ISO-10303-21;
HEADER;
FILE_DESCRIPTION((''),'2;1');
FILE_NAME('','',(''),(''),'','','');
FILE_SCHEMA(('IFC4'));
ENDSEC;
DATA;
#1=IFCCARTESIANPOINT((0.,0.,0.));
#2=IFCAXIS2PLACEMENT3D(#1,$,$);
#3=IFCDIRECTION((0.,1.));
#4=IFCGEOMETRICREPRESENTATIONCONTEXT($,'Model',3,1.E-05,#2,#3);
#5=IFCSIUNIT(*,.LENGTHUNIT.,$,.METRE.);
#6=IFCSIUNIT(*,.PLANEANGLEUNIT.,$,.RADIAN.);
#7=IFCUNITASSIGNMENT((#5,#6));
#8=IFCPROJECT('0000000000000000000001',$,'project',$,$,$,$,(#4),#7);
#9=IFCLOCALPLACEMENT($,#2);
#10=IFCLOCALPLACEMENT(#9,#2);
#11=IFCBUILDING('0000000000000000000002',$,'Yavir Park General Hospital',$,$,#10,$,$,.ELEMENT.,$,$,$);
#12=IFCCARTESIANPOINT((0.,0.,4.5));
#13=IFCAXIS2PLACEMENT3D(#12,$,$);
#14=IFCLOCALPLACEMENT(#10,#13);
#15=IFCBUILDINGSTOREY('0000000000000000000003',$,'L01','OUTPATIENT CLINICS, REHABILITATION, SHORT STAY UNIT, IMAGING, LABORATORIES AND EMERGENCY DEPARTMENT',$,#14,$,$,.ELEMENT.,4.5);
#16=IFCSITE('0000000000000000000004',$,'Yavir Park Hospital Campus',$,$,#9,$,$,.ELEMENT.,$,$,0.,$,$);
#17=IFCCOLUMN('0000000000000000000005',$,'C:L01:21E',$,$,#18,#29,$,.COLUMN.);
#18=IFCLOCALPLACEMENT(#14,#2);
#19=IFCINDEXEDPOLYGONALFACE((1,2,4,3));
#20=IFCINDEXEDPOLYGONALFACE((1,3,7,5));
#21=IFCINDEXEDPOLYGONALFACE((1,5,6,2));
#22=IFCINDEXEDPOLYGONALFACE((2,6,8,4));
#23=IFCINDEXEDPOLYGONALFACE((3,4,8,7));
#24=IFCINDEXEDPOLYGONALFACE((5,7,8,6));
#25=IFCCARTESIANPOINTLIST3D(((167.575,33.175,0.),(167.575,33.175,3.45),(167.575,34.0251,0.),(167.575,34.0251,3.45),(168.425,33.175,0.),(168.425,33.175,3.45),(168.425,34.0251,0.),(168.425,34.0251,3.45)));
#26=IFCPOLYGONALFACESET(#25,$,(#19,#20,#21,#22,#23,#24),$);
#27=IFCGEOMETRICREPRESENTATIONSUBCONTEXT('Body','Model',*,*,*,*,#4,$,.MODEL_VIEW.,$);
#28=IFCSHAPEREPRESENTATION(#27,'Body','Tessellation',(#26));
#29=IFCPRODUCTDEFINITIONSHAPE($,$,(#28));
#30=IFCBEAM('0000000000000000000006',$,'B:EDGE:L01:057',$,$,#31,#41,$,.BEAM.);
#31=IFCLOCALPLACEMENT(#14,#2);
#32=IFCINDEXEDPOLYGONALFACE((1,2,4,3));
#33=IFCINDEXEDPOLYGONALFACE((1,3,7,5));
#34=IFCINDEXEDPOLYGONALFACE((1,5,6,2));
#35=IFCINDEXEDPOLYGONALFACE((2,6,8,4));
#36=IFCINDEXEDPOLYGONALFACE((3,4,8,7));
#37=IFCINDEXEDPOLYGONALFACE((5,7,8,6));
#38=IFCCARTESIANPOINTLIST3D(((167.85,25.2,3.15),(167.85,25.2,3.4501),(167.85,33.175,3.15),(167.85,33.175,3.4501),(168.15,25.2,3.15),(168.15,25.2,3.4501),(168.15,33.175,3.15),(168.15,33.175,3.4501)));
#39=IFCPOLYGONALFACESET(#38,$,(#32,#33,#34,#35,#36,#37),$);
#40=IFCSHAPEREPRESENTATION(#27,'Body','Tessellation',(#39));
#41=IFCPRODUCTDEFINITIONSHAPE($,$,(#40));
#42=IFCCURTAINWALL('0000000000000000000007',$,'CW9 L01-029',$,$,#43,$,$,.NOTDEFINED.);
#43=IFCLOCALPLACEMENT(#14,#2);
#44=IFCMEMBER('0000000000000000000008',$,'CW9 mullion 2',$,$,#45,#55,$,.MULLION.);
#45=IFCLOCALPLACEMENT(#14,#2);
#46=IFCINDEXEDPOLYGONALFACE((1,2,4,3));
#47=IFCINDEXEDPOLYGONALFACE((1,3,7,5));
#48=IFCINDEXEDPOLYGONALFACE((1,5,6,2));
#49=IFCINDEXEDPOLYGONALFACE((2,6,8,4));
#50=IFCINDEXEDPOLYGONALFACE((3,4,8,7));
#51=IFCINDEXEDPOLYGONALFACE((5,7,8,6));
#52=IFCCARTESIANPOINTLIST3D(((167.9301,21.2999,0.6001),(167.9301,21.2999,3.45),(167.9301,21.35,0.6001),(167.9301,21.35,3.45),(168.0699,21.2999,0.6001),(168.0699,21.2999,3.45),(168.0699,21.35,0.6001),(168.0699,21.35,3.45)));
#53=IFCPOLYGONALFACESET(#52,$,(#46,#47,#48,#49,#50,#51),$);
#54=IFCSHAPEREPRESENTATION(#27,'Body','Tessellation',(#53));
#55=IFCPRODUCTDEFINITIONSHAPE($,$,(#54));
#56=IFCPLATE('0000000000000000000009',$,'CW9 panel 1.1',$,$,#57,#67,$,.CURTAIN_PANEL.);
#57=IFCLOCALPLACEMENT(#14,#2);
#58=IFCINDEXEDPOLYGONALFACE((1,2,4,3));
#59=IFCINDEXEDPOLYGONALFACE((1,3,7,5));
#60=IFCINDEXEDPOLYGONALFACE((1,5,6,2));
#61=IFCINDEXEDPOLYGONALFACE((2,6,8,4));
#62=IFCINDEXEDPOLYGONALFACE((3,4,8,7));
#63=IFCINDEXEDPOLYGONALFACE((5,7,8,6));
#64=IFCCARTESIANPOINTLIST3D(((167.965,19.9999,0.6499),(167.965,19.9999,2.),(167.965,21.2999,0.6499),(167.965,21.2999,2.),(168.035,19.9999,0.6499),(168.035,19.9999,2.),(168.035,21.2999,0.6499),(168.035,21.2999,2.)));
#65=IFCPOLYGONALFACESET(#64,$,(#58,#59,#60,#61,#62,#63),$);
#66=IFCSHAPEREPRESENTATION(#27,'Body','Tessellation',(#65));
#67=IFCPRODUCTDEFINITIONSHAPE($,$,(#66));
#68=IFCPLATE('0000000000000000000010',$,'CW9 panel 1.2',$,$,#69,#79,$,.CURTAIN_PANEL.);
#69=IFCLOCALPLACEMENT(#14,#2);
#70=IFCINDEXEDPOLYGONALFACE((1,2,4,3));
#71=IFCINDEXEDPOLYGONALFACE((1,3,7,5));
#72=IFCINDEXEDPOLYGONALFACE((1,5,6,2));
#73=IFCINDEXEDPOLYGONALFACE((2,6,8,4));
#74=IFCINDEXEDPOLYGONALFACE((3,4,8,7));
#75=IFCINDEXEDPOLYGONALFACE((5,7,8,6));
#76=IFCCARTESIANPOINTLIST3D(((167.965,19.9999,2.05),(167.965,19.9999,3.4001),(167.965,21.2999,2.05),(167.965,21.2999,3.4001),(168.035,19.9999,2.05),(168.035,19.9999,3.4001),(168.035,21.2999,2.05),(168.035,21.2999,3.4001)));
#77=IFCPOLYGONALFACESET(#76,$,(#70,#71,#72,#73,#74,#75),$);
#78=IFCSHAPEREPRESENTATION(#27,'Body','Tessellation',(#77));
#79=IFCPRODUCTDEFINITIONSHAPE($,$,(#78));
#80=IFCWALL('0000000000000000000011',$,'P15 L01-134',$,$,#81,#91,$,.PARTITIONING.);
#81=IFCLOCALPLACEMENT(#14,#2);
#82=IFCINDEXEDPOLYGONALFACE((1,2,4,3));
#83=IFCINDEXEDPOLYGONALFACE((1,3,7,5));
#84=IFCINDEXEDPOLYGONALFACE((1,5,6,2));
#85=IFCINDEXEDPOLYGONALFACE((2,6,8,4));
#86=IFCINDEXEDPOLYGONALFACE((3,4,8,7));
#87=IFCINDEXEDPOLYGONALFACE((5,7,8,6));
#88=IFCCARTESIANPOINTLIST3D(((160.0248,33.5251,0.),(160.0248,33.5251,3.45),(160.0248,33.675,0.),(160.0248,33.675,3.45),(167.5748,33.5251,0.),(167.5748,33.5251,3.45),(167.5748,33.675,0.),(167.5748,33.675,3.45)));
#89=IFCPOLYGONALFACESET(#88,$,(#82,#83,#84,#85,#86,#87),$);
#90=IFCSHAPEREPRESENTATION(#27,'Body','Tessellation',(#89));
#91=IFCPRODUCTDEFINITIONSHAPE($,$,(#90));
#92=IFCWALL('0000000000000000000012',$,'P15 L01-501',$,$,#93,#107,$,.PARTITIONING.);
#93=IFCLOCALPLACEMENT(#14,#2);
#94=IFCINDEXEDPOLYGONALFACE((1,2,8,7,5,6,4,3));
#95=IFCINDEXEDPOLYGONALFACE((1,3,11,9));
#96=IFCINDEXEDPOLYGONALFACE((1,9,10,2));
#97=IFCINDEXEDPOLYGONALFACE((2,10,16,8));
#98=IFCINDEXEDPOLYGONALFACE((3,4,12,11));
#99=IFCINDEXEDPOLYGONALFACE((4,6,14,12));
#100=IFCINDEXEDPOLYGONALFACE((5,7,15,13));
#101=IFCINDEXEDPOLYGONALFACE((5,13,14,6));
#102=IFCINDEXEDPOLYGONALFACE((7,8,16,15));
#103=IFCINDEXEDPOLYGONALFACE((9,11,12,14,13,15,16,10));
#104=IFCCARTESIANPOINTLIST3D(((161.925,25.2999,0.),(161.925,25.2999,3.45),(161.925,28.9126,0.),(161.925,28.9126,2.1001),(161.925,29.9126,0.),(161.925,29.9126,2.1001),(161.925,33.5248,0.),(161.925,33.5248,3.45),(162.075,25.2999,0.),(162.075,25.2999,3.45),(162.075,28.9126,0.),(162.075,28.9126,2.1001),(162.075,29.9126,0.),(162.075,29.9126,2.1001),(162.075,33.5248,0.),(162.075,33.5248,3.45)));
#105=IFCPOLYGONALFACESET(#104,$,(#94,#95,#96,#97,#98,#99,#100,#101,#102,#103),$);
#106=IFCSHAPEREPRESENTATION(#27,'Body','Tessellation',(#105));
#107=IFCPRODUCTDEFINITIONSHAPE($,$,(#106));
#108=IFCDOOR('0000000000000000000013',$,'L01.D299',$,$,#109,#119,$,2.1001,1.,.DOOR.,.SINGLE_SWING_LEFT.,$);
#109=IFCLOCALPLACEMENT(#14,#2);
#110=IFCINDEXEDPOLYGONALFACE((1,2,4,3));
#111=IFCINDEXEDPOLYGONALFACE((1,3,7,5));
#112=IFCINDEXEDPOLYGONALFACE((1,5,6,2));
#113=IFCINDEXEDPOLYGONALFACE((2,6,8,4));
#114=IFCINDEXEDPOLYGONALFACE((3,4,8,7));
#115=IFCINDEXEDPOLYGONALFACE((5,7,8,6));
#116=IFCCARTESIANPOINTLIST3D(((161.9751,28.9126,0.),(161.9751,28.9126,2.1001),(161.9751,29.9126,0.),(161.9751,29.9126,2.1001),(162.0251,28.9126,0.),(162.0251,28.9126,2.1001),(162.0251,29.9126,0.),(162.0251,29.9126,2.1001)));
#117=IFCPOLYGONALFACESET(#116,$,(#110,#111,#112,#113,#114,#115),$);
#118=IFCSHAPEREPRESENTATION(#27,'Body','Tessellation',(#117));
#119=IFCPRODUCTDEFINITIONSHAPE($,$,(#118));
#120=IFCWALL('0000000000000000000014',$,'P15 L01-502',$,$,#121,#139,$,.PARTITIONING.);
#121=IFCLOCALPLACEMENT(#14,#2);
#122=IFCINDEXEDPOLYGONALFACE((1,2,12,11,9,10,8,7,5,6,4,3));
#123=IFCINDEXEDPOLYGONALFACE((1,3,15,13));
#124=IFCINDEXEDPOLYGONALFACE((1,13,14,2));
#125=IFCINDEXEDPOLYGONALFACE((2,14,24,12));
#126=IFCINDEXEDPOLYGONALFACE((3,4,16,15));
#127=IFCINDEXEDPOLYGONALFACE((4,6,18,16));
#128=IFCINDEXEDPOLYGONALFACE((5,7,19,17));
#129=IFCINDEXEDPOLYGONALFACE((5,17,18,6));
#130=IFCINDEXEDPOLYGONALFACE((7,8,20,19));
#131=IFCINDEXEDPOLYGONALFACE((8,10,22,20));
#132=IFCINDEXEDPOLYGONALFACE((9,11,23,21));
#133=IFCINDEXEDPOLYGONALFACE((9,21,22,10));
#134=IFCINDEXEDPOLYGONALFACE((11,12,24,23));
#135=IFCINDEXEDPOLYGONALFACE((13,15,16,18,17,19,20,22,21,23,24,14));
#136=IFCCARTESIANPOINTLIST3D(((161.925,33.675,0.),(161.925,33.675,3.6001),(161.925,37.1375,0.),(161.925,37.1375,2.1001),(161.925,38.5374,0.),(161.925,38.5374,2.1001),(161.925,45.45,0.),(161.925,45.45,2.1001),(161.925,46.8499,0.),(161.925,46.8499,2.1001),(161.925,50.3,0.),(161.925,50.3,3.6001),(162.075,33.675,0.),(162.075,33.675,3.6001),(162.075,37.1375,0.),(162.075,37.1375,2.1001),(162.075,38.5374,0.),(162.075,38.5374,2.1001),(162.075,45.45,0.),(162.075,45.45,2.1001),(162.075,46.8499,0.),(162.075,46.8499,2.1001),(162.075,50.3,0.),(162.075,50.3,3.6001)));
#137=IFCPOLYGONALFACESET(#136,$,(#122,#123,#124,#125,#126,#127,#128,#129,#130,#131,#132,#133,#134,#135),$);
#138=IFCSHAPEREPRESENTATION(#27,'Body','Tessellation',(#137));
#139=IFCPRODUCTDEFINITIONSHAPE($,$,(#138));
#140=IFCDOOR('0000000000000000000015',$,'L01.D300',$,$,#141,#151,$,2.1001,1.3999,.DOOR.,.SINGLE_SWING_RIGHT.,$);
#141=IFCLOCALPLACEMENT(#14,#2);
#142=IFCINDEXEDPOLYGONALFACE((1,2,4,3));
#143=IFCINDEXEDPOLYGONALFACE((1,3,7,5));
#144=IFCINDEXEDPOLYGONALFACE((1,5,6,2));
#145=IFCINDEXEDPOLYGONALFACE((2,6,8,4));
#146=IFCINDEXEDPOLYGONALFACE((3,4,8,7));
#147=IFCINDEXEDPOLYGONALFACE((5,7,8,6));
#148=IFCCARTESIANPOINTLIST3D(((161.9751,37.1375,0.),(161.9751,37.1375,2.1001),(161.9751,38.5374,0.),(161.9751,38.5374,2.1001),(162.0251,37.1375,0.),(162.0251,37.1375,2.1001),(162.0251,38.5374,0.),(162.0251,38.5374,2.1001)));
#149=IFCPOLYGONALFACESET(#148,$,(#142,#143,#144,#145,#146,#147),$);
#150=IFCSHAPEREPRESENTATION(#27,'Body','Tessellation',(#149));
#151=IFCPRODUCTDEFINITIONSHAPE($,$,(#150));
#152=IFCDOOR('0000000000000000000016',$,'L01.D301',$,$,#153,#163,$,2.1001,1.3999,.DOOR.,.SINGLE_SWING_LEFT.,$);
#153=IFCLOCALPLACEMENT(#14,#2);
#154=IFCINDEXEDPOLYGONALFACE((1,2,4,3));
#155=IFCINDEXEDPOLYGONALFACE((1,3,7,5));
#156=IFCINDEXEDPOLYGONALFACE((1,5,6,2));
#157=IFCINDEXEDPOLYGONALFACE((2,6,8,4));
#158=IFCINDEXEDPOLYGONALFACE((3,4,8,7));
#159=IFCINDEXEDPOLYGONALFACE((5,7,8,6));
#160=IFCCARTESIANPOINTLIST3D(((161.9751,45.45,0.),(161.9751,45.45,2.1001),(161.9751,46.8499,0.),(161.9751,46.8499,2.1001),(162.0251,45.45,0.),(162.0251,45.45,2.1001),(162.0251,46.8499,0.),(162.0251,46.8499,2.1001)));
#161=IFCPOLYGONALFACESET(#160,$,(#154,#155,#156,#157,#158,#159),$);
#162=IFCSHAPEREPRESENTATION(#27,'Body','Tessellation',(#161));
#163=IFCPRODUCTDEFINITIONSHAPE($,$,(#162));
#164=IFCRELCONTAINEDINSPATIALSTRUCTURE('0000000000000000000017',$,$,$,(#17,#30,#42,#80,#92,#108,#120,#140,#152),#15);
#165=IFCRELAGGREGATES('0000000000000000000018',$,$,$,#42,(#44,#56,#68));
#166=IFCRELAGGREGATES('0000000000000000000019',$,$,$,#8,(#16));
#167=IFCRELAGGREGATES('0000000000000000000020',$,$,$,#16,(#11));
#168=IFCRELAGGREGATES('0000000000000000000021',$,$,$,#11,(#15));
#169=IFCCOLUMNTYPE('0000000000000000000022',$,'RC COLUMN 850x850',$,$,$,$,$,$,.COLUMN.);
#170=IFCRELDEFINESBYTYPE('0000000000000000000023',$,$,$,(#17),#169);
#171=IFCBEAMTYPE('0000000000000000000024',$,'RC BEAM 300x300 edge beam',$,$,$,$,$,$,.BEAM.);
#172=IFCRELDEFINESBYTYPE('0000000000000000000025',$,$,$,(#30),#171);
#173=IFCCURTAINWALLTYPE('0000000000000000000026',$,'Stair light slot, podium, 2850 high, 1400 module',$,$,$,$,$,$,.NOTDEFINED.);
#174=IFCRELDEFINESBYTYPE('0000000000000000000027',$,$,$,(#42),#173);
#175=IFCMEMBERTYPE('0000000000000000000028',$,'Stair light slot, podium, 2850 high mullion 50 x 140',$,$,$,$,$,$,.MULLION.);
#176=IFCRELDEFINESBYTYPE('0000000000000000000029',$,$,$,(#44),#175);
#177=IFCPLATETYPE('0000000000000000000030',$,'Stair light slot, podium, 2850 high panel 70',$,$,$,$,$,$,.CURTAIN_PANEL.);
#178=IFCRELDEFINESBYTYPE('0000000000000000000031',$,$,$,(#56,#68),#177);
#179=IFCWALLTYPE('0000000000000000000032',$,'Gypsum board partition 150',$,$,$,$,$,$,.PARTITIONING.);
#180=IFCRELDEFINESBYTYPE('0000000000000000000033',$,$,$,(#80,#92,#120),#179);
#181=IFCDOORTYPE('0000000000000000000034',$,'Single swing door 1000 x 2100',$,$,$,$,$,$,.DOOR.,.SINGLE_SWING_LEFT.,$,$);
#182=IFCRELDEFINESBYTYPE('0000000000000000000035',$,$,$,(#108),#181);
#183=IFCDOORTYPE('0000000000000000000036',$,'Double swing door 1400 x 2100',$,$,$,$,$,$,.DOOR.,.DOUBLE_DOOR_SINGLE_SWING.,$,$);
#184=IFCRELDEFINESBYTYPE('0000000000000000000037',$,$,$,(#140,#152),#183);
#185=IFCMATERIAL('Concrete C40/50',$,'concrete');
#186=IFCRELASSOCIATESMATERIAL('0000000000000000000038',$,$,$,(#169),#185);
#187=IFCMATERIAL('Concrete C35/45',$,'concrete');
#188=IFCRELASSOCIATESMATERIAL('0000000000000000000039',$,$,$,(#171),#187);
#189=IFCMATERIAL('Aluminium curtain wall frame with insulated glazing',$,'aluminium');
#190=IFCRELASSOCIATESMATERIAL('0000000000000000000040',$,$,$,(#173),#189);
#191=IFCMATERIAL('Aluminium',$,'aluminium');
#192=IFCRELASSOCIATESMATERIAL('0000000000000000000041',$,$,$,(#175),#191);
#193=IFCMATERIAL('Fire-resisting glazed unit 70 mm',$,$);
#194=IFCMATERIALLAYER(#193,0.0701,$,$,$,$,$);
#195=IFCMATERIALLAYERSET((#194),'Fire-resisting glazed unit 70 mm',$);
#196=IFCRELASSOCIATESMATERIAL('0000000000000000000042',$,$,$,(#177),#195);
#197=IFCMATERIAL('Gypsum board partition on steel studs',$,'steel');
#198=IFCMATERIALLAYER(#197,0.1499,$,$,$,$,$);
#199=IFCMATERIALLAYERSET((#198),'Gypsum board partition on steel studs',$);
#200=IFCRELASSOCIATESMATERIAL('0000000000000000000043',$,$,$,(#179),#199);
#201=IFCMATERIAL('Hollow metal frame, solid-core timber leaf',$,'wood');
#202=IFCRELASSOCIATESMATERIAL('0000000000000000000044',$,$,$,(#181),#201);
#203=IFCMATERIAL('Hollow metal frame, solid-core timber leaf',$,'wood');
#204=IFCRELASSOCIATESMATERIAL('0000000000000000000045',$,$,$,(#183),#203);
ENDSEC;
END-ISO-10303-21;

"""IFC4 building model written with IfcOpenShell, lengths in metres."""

from ifc_helpers import new_model, si_unit, direction, frame, frame_2d, origin, origin_2d, place, context, subcontext, project, spatial, rectangle, extrude, material, layer, layer_set, material_profile, profile_set, type_object, element, fill, aggregate, save


model = new_model("IFC4")

# Units and contexts
model_context = context("Model", 3, precision=1e-05, world=origin(), true_north=direction((0.0, 1.0)))
body_context = subcontext(model_context, "Body", "Model", "MODEL_VIEW")
ifc_project = project(units=[si_unit("LENGTHUNIT", "METRE"), si_unit("PLANEANGLEUNIT", "RADIAN")], contexts=[model_context])

# Site, building, storey
site_placement = place(None, origin())
site = spatial("IfcSite", under=ifc_project, at=site_placement, Name="Yavir Park Hospital Campus", CompositionType="ELEMENT", RefElevation=0.0)
building_placement = place(site_placement, origin())
building = spatial("IfcBuilding", under=site, at=building_placement, Name="Yavir Park General Hospital", CompositionType="ELEMENT")
storey_placement = place(building_placement, frame((0.0, 0.0, 4.5)))
storey = spatial("IfcBuildingStorey", under=building, at=storey_placement, Name="L01", Description="OUTPATIENT CLINICS, REHABILITATION, SHORT STAY UNIT, IMAGING, LABORATORIES AND EMERGENCY DEPARTMENT", CompositionType="ELEMENT", Elevation=4.5)

# Column
ifc_material_1 = material(Name="Concrete C40/50", Category="concrete")
ifc_material_profile_1 = material_profile(ifc_material_1, rectangle(XDim=0.8501, YDim=0.8501, at=origin_2d()), Name="RC850x850")
ifc_profile_set_1 = profile_set([ifc_material_profile_1], Name="Concrete C40/50")
column_type = type_object("IfcColumnType", Name="RC COLUMN 850x850", PredefinedType="COLUMN", material=ifc_profile_set_1)
column_placement = place(storey_placement, frame((168.0, 33.6001, 0.0), z_axis=(0.0, 0.0, 1.0), x_axis=(1.0, 0.0, 0.0)))
element("IfcColumn", 1, at=column_placement, inside=storey, type_object=column_type, Name="C:L01:21E", PredefinedType="COLUMN", context=body_context, shape_type="SweptSolid", body=[
    extrude(rectangle(XDim=0.8501, YDim=0.8501, at=origin_2d()), origin(), (0.0, 0.0, 1.0), 3.45),
])

# Beam
ifc_material_2 = material(Name="Concrete C35/45", Category="concrete")
ifc_material_profile_2 = material_profile(ifc_material_2, rectangle(XDim=0.3, YDim=0.3, at=origin_2d()), Name="RC300x300")
ifc_profile_set_2 = profile_set([ifc_material_profile_2], Name="Concrete C35/45")
beam_type = type_object("IfcBeamType", Name="RC BEAM 300x300 edge beam", PredefinedType="BEAM", material=ifc_profile_set_2)
beam_placement = place(storey_placement, frame((168.0, 25.2, 3.3), z_axis=(0.0, 1.0, 0.0), x_axis=(-1.0, 0.0, 0.0)))
element("IfcBeam", 2, at=beam_placement, inside=storey, type_object=beam_type, Name="B:EDGE:L01:057", PredefinedType="BEAM", context=body_context, shape_type="SweptSolid", body=[
    extrude(rectangle(XDim=0.3, YDim=0.3, at=origin_2d()), origin(), (0.0, 0.0, 1.0), 7.9751),
])

# Curtain wall, member, plates
ifc_material_3 = material(Name="Aluminium curtain wall frame with insulated glazing", Category="aluminium")
curtain_wall_type = type_object("IfcCurtainWallType", Name="Stair light slot, podium, 2850 high, 1400 module", PredefinedType="NOTDEFINED", material=ifc_material_3)
curtain_wall_placement = place(storey_placement, origin())
curtain_wall = element("IfcCurtainWall", 3, at=curtain_wall_placement, inside=storey, type_object=curtain_wall_type, Name="CW9 L01-029", PredefinedType="NOTDEFINED")
ifc_material_4 = material(Name="Aluminium", Category="aluminium")
ifc_material_profile_3 = material_profile(ifc_material_4, rectangle(XDim=0.1399, YDim=0.05, at=origin_2d()), Name="AL 50x140")
ifc_profile_set_3 = profile_set([ifc_material_profile_3], Name="Aluminium")
member_type = type_object("IfcMemberType", Name="Stair light slot, podium, 2850 high mullion 50 x 140", PredefinedType="MULLION", material=ifc_profile_set_3)
member_placement = place(storey_placement, frame((168.0, 21.325, 0.6001), z_axis=(0.0, 0.0, 1.0), x_axis=(-1.0, 0.0, 0.0)))
member = element("IfcMember", 4, at=member_placement, type_object=member_type, Name="CW9 mullion 2", PredefinedType="MULLION", context=body_context, shape_type="SweptSolid", body=[
    extrude(rectangle(XDim=0.1399, YDim=0.05, at=origin_2d()), origin(), (0.0, 0.0, 1.0), 2.8499),
])
ifc_material_5 = material(Name="Fire-resisting glazed unit 70 mm")
ifc_layer_1 = layer(ifc_material_5, 0.0701)
ifc_layer_set_1 = layer_set([ifc_layer_1], Name="Fire-resisting glazed unit 70 mm")
plate_type = type_object("IfcPlateType", Name="Stair light slot, podium, 2850 high panel 70", PredefinedType="CURTAIN_PANEL", material=ifc_layer_set_1)
plate_1_placement = place(storey_placement, frame((168.0, 20.6499, 0.6499), z_axis=(0.0, 0.0, 1.0), x_axis=(0.0, 1.0, 0.0)))
plate_1 = element("IfcPlate", 5, at=plate_1_placement, type_object=plate_type, Name="CW9 panel 1.1", PredefinedType="CURTAIN_PANEL", context=body_context, shape_type="SweptSolid", body=[
    extrude(rectangle(XDim=1.3, YDim=0.0701, at=origin_2d()), origin(), (0.0, 0.0, 1.0), 1.3501),
])
plate_2_placement = place(storey_placement, frame((168.0, 20.6499, 2.05), z_axis=(0.0, 0.0, 1.0), x_axis=(0.0, 1.0, 0.0)))
plate_2 = element("IfcPlate", 6, at=plate_2_placement, type_object=plate_type, Name="CW9 panel 1.2", PredefinedType="CURTAIN_PANEL", context=body_context, shape_type="SweptSolid", body=[
    extrude(rectangle(XDim=1.3, YDim=0.0701, at=origin_2d()), origin(), (0.0, 0.0, 1.0), 1.3501),
])
aggregate(curtain_wall, [member, plate_1, plate_2])

# Wall
ifc_material_6 = material(Name="Gypsum board partition on steel studs", Category="steel")
ifc_layer_2 = layer(ifc_material_6, 0.1499)
ifc_layer_set_2 = layer_set([ifc_layer_2], Name="Gypsum board partition on steel studs")
wall_type_1 = type_object("IfcWallType", Name="Gypsum board partition 150", PredefinedType="PARTITIONING", material=ifc_layer_set_2)
wall_1_placement = place(storey_placement, frame((160.0249, 33.6001, 0.0), z_axis=(0.0, 0.0, 1.0), x_axis=(1.0, 0.0, 0.0)))
element("IfcWall", 7, at=wall_1_placement, inside=storey, type_object=wall_type_1, Name="P15 L01-134", PredefinedType="PARTITIONING", context=body_context, shape_type="SweptSolid", body=[
    extrude(rectangle(XDim=7.55, YDim=0.1499, at=frame_2d((3.7749, 0.0))), origin(), (0.0, 0.0, 1.0), 3.45),
])

# Wall, opening, door
wall_2_placement = place(storey_placement, frame((162.0, 25.3, 0.0), z_axis=(0.0, 0.0, 1.0), x_axis=(0.0, 1.0, 0.0)))
wall_2 = element("IfcWall", 8, at=wall_2_placement, inside=storey, type_object=wall_type_1, Name="P15 L01-501", PredefinedType="PARTITIONING", context=body_context, shape_type="SweptSolid", body=[
    extrude(rectangle(XDim=8.2249, YDim=0.1499, at=frame_2d((4.1123, 0.0))), origin(), (0.0, 0.0, 1.0), 3.45),
])
opening_1_placement = place(wall_2_placement, frame((3.6125, 0.0, 0.0)))
opening_1 = element("IfcOpeningElement", 9, at=opening_1_placement, cuts=wall_2, PredefinedType="OPENING", context=body_context, shape_type="SweptSolid", body=[
    extrude(rectangle(XDim=1.0, YDim=2.1001, at=frame_2d((0.5, 1.05))), frame((0.0, 0.085, 0.0), z_axis=(0.0, -1.0, 0.0), x_axis=(1.0, 0.0, 0.0)), (0.0, 0.0, 1.0), 0.1699),
])
ifc_material_7 = material(Name="Hollow metal frame, solid-core timber leaf", Category="wood")
door_type_1 = type_object("IfcDoorType", Name="Single swing door 1000 x 2100", OperationType="SINGLE_SWING_LEFT", PredefinedType="DOOR", material=ifc_material_7)
door_1_placement = place(opening_1_placement, origin())
door_1 = element("IfcDoor", 10, at=door_1_placement, inside=storey, type_object=door_type_1, Name="L01.D299", OperationType="SINGLE_SWING_LEFT", OverallHeight=2.1001, OverallWidth=1.0, PredefinedType="DOOR", context=body_context, shape_type="SweptSolid", body=[
    extrude(rectangle(XDim=1.0, YDim=2.1001, at=frame_2d((0.5, 1.05))), frame((0.0, 0.0249, 0.0), z_axis=(0.0, -1.0, 0.0), x_axis=(1.0, 0.0, 0.0)), (0.0, 0.0, 1.0), 0.05),
])
fill(opening_1, door_1)

# Wall, openings, doors
wall_3_placement = place(storey_placement, frame((162.0, 33.675, 0.0), z_axis=(0.0, 0.0, 1.0), x_axis=(0.0, 1.0, 0.0)))
wall_3 = element("IfcWall", 11, at=wall_3_placement, inside=storey, type_object=wall_type_1, Name="P15 L01-502", PredefinedType="PARTITIONING", context=body_context, shape_type="SweptSolid", body=[
    extrude(rectangle(XDim=16.625, YDim=0.1499, at=frame_2d((8.3125, 0.0))), origin(), (0.0, 0.0, 1.0), 3.6001),
])
opening_2_placement = place(wall_3_placement, frame((3.4624, 0.0, 0.0)))
opening_2 = element("IfcOpeningElement", 12, at=opening_2_placement, cuts=wall_3, PredefinedType="OPENING", context=body_context, shape_type="SweptSolid", body=[
    extrude(rectangle(XDim=1.3999, YDim=2.1001, at=frame_2d((0.7, 1.05))), frame((0.0, 0.085, 0.0), z_axis=(0.0, -1.0, 0.0), x_axis=(1.0, 0.0, 0.0)), (0.0, 0.0, 1.0), 0.1699),
])
opening_3_placement = place(wall_3_placement, frame((11.7749, 0.0, 0.0)))
opening_3 = element("IfcOpeningElement", 13, at=opening_3_placement, cuts=wall_3, PredefinedType="OPENING", context=body_context, shape_type="SweptSolid", body=[
    extrude(rectangle(XDim=1.3999, YDim=2.1001, at=frame_2d((0.7, 1.05))), frame((0.0, 0.085, 0.0), z_axis=(0.0, -1.0, 0.0), x_axis=(1.0, 0.0, 0.0)), (0.0, 0.0, 1.0), 0.1699),
])
ifc_material_8 = material(Name="Hollow metal frame, solid-core timber leaf", Category="wood")
door_type_2 = type_object("IfcDoorType", Name="Double swing door 1400 x 2100", OperationType="DOUBLE_DOOR_SINGLE_SWING", PredefinedType="DOOR", material=ifc_material_8)
door_2_placement = place(opening_2_placement, origin())
door_2 = element("IfcDoor", 14, at=door_2_placement, inside=storey, type_object=door_type_2, Name="L01.D300", OperationType="SINGLE_SWING_RIGHT", OverallHeight=2.1001, OverallWidth=1.3999, PredefinedType="DOOR", context=body_context, shape_type="SweptSolid", body=[
    extrude(rectangle(XDim=1.3999, YDim=2.1001, at=frame_2d((0.7, 1.05))), frame((0.0, 0.0249, 0.0), z_axis=(0.0, -1.0, 0.0), x_axis=(1.0, 0.0, 0.0)), (0.0, 0.0, 1.0), 0.05),
])
fill(opening_2, door_2)
door_3_placement = place(opening_3_placement, origin())
door_3 = element("IfcDoor", 15, at=door_3_placement, inside=storey, type_object=door_type_2, Name="L01.D301", OperationType="SINGLE_SWING_LEFT", OverallHeight=2.1001, OverallWidth=1.3999, PredefinedType="DOOR", context=body_context, shape_type="SweptSolid", body=[
    extrude(rectangle(XDim=1.3999, YDim=2.1001, at=frame_2d((0.7, 1.05))), frame((0.0, 0.0249, 0.0), z_axis=(0.0, -1.0, 0.0), x_axis=(1.0, 0.0, 0.0)), (0.0, 0.0, 1.0), 0.05),
])
fill(opening_3, door_3)

save(model, "model.ifc")
